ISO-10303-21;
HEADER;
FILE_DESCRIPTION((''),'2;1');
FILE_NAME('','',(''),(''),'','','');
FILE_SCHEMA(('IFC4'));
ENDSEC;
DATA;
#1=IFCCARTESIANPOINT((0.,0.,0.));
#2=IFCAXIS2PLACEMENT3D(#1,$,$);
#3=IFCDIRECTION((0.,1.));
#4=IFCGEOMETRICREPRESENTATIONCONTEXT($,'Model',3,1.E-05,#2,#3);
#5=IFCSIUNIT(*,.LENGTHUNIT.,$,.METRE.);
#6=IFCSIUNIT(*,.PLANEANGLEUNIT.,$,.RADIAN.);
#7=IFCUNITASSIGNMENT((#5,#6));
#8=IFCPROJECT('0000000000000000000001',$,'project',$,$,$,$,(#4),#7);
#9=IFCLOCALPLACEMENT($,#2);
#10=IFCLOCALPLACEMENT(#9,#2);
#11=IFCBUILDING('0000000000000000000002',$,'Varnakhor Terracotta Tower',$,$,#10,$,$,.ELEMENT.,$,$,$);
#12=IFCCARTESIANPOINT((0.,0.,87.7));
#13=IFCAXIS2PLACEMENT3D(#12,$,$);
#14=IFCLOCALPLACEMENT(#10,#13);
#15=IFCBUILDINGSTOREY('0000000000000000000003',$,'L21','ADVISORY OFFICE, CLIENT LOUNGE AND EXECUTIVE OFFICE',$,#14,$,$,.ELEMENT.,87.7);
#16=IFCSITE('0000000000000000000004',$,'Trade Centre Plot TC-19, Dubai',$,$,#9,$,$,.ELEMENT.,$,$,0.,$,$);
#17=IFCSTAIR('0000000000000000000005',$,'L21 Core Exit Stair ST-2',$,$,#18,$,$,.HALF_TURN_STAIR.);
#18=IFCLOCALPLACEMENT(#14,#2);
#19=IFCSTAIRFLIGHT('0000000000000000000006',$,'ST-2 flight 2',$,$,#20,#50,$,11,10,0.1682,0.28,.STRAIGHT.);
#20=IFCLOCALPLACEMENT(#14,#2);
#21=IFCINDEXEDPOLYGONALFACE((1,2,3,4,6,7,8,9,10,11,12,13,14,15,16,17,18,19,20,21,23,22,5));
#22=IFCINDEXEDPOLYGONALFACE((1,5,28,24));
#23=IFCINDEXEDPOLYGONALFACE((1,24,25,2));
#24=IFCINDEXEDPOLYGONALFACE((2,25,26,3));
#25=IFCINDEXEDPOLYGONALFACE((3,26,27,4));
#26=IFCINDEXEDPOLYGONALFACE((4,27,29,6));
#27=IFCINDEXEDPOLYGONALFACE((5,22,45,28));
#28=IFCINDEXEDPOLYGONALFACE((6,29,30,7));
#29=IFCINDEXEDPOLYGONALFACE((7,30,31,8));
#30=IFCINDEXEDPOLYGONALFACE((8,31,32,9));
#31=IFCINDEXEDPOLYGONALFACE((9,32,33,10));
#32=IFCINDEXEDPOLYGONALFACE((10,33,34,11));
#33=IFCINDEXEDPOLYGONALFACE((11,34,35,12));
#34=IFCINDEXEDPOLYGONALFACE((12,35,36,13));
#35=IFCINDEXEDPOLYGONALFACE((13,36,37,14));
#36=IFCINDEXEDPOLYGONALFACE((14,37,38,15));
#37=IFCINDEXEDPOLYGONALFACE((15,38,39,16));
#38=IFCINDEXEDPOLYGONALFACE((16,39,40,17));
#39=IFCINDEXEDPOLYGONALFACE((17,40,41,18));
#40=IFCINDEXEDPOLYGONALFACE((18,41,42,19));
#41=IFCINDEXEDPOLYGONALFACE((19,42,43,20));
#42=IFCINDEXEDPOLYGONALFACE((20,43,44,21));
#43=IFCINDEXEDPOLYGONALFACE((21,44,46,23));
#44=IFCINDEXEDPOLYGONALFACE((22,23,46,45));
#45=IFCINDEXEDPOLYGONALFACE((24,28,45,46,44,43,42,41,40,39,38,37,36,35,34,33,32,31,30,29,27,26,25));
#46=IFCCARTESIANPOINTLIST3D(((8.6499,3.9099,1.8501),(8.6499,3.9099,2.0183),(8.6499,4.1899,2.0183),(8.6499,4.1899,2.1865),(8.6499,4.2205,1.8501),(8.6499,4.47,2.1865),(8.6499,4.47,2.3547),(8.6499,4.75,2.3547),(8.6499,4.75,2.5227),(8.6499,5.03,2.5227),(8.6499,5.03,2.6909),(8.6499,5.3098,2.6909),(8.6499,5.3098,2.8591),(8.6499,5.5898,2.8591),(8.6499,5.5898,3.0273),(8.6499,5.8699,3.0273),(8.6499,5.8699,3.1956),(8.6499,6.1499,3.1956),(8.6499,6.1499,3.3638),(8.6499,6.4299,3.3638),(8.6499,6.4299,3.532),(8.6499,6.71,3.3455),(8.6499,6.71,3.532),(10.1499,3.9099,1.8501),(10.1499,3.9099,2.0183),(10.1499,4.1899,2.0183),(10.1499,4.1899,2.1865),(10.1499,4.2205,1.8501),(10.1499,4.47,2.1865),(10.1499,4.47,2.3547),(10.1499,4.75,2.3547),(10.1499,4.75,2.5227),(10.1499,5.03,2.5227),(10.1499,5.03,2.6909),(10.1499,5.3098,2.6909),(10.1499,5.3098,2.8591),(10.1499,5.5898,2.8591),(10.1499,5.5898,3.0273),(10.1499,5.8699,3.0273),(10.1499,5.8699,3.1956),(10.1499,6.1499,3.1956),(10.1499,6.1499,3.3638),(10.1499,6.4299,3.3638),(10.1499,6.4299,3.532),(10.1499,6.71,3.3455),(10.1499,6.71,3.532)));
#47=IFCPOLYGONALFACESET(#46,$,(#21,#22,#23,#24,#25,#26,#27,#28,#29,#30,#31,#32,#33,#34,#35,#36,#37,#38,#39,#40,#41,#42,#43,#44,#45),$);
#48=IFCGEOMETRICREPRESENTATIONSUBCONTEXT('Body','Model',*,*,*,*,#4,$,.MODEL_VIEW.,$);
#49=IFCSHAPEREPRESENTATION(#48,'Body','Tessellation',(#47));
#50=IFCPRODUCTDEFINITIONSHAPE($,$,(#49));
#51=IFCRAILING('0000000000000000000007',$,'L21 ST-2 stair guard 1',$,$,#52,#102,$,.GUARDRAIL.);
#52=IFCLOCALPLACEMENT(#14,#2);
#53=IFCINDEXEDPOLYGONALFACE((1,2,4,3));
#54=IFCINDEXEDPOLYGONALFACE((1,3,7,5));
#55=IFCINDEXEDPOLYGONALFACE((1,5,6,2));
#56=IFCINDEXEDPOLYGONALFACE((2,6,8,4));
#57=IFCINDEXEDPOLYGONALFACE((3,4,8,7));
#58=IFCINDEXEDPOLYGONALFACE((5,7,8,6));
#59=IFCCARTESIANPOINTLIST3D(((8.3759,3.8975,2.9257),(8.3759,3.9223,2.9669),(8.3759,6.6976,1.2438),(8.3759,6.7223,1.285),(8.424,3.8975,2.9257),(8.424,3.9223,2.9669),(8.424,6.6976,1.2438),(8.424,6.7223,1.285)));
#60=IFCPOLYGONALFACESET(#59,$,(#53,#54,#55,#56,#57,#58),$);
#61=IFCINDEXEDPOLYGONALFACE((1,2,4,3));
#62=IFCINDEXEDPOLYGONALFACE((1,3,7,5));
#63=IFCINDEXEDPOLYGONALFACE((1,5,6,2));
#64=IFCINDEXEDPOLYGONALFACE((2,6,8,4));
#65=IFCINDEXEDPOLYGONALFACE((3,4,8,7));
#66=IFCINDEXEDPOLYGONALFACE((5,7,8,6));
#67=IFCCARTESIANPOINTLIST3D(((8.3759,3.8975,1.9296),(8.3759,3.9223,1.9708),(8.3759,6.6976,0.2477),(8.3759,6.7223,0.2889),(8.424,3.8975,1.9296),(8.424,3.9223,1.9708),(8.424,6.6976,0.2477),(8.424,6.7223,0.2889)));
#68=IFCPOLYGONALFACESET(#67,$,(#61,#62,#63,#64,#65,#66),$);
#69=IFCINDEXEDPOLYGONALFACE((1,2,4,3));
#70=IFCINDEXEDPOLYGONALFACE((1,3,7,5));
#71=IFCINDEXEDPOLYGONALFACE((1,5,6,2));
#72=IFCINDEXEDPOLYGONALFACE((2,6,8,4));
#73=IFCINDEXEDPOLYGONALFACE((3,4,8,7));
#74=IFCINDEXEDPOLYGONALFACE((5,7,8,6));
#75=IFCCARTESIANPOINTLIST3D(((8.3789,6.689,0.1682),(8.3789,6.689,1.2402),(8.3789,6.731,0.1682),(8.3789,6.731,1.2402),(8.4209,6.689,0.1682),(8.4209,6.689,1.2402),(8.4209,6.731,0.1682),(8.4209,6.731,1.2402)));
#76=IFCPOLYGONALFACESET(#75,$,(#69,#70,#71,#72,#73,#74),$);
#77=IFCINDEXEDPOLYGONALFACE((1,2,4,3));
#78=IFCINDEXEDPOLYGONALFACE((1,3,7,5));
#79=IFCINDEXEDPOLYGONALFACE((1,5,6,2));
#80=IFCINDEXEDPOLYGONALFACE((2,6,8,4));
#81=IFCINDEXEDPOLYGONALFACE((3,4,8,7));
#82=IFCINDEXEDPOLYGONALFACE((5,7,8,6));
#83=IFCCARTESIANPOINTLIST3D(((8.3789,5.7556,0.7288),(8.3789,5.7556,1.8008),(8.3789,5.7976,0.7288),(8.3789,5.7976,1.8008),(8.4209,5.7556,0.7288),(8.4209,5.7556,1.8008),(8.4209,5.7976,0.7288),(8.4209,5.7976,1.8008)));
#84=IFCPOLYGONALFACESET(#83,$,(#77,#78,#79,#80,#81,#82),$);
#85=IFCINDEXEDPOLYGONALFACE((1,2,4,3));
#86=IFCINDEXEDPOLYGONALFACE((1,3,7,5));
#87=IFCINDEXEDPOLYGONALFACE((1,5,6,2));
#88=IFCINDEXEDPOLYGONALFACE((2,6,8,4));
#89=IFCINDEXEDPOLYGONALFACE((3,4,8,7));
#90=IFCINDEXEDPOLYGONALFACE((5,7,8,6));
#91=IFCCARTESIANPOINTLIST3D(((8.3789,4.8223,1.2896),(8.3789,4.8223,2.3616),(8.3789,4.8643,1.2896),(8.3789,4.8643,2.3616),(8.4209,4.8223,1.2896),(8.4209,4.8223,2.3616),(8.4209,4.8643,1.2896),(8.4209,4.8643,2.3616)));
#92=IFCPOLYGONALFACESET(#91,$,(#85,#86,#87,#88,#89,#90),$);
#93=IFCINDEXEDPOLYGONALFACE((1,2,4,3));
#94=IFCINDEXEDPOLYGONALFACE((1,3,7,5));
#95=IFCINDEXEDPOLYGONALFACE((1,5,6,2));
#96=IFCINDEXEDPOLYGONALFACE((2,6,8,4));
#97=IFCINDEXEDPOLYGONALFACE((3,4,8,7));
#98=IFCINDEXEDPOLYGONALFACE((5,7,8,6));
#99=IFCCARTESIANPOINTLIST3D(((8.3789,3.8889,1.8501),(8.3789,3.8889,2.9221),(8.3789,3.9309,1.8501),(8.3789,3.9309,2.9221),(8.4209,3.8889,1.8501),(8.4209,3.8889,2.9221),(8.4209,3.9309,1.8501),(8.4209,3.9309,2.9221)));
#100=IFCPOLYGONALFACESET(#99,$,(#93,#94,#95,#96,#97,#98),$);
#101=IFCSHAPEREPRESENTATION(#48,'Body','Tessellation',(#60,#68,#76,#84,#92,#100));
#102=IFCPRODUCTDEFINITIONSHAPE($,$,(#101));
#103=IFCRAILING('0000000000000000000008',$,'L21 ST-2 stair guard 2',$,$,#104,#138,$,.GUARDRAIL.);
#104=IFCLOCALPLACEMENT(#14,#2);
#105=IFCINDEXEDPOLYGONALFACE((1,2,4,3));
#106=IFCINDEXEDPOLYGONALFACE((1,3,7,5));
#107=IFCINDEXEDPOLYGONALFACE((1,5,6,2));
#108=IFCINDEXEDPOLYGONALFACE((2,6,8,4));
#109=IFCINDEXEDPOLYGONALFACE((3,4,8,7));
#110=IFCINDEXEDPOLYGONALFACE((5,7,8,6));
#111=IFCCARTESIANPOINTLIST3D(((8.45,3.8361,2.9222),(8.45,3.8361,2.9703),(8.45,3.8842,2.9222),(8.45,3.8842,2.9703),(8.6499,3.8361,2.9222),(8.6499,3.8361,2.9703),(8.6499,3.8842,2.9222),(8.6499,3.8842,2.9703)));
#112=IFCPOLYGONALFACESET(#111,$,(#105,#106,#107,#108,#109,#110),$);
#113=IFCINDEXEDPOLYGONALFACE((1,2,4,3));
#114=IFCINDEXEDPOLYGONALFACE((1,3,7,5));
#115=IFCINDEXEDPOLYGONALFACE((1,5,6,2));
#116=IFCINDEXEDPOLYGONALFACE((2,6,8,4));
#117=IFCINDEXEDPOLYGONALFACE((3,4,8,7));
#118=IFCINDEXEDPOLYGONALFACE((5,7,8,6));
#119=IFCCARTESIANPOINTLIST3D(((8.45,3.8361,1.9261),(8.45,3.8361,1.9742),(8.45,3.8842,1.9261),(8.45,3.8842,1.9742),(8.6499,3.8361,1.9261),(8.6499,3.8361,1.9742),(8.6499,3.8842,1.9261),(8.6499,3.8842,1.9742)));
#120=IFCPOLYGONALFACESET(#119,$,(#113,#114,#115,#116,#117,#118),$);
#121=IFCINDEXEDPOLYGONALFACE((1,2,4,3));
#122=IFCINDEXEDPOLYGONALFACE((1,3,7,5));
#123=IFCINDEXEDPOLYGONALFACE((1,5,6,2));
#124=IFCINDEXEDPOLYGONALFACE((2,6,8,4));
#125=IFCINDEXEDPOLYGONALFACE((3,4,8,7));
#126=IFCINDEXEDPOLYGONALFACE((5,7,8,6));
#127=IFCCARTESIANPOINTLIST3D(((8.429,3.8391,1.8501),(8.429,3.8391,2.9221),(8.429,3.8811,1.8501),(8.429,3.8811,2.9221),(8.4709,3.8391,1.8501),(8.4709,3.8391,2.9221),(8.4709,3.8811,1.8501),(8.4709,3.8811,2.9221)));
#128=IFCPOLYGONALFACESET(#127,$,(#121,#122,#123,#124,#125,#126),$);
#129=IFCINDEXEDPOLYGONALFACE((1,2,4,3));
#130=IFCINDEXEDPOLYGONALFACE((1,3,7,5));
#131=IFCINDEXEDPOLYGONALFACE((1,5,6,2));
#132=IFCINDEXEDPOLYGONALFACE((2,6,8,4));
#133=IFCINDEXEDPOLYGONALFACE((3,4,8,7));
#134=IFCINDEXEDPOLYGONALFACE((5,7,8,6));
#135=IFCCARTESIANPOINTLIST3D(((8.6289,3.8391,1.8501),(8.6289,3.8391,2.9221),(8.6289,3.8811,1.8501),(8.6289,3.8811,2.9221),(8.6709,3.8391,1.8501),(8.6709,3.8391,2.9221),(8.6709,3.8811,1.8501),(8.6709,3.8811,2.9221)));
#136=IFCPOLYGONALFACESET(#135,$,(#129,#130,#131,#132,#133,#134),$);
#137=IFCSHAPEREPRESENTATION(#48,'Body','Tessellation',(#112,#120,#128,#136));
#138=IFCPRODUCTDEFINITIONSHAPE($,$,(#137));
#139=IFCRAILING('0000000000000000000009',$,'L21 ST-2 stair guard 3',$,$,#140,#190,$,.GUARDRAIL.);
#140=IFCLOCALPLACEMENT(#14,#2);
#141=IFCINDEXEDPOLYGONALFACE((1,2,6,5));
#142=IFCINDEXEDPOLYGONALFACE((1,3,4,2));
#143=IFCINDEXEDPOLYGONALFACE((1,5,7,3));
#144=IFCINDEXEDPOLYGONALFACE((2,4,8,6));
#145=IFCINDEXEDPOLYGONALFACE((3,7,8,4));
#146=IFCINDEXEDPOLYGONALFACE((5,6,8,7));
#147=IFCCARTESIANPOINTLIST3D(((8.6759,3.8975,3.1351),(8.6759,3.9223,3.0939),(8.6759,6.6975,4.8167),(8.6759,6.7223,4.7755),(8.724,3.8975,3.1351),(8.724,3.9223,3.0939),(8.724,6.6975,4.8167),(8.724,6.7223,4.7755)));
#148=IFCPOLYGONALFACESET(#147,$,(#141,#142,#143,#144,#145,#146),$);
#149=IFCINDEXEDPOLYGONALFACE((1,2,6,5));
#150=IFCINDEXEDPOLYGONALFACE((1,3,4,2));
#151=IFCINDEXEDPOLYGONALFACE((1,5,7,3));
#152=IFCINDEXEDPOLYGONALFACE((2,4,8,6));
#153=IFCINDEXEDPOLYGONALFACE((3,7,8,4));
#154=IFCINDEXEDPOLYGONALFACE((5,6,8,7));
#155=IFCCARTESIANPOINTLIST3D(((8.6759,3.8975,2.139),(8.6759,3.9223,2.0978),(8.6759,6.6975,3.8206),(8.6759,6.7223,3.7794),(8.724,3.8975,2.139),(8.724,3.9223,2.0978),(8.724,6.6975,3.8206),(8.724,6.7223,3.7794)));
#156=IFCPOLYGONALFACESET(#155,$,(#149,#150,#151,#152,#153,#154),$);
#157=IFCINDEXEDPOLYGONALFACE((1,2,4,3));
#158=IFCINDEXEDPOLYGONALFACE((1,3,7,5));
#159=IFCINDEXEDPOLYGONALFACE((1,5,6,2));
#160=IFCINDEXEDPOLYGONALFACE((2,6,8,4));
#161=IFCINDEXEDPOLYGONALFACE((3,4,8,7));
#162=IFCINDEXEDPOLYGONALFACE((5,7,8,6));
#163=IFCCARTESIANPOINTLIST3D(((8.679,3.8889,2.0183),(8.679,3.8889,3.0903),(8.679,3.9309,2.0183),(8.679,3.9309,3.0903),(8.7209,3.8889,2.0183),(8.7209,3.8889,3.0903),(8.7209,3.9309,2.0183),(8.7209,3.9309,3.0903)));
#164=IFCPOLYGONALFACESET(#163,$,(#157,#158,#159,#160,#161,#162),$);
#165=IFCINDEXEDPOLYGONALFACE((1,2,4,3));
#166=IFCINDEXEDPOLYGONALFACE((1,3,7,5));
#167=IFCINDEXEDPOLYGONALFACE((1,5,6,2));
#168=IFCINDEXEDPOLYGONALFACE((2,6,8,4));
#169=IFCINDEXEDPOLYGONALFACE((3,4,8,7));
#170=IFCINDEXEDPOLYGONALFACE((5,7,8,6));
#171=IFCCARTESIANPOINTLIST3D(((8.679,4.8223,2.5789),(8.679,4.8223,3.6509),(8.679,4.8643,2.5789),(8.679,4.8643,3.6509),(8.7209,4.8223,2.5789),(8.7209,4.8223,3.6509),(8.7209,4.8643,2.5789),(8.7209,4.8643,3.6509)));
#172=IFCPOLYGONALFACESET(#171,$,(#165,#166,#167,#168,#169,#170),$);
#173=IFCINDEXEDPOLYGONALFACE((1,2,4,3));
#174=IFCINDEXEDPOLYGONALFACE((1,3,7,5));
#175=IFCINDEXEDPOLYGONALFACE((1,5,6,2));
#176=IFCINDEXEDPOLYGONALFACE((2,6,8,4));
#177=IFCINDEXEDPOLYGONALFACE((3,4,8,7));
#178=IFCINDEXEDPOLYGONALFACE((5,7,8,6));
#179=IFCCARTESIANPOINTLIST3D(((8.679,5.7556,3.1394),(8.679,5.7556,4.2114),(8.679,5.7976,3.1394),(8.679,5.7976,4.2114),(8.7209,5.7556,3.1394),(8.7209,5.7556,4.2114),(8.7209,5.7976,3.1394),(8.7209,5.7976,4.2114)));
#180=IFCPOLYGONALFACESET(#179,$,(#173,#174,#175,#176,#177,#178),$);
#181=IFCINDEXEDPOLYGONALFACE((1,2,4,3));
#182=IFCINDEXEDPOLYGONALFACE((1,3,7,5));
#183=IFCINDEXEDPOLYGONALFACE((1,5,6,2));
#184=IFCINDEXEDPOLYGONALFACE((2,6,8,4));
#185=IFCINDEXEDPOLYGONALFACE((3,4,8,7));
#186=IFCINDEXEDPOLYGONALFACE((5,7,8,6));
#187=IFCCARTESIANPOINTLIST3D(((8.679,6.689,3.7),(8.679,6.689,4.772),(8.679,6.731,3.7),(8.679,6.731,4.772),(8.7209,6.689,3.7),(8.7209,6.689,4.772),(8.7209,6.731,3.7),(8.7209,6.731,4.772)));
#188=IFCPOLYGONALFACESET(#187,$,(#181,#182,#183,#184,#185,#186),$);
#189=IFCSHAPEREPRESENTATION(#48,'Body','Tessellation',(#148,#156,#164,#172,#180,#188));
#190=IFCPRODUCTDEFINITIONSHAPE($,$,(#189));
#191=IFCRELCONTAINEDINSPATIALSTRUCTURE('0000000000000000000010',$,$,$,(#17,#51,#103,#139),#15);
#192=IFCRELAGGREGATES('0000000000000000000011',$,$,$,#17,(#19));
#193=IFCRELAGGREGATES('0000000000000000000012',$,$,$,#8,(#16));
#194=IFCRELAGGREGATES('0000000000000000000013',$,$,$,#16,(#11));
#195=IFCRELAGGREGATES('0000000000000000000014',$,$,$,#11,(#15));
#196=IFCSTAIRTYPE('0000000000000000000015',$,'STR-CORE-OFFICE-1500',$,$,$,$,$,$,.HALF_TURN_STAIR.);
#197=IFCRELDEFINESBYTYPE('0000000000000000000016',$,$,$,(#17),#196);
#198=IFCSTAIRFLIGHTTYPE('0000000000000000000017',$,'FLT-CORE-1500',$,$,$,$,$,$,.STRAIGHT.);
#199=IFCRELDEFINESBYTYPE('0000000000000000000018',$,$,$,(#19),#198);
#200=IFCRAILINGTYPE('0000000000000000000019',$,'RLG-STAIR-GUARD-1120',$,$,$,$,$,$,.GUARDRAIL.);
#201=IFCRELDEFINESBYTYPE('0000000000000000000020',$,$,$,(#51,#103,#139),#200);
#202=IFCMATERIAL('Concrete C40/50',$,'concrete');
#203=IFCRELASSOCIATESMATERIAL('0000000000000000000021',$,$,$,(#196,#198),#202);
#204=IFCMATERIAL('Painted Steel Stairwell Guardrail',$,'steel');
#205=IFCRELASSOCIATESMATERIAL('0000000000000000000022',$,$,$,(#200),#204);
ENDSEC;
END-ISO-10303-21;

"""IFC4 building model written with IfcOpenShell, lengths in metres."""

from ifc_helpers import new_model, si_unit, direction, frame, origin, origin_2d, place, context, subcontext, project, spatial, polyline, rectangle, outline, extrude, material, type_object, element, aggregate, save


model = new_model("IFC4")

# Units and contexts
model_context = context("Model", 3, precision=1e-05, world=origin(), true_north=direction((0.0, 1.0)))
body_context = subcontext(model_context, "Body", "Model", "MODEL_VIEW")
ifc_project = project(units=[si_unit("LENGTHUNIT", "METRE"), si_unit("PLANEANGLEUNIT", "RADIAN")], contexts=[model_context])

# Site, building, storey
site_placement = place(None, origin())
site = spatial("IfcSite", under=ifc_project, at=site_placement, Name="Trade Centre Plot TC-19, Dubai", CompositionType="ELEMENT", RefElevation=0.0)
building_placement = place(site_placement, origin())
building = spatial("IfcBuilding", under=site, at=building_placement, Name="Varnakhor Terracotta Tower", CompositionType="ELEMENT")
storey_placement = place(building_placement, frame((0.0, 0.0, 87.7)))
storey = spatial("IfcBuildingStorey", under=building, at=storey_placement, Name="L21", Description="ADVISORY OFFICE, CLIENT LOUNGE AND EXECUTIVE OFFICE", CompositionType="ELEMENT", Elevation=87.7)

# Shared definitions
ifc_material_1 = material(Name="Concrete C40/50", Category="concrete")

# Stair, stair flight
stair_type = type_object("IfcStairType", Name="STR-CORE-OFFICE-1500", PredefinedType="HALF_TURN_STAIR", material=ifc_material_1)
stair_placement = place(storey_placement, origin())
stair = element("IfcStair", 1, at=stair_placement, inside=storey, type_object=stair_type, Name="L21 Core Exit Stair ST-2", PredefinedType="HALF_TURN_STAIR")
stair_flight_type = type_object("IfcStairFlightType", Name="FLT-CORE-1500", PredefinedType="STRAIGHT", material=ifc_material_1)
stair_flight_1_placement = place(storey_placement, frame((9.3999, 3.9099, 1.8501), z_axis=(0.0, 0.0, 1.0), x_axis=(0.0, 1.0, 0.0)))
stair_flight_1 = element("IfcStairFlight", 2, at=stair_flight_1_placement, type_object=stair_flight_type, Name="ST-2 flight 2", NumberOfRisers=11, NumberOfTreads=10, PredefinedType="STRAIGHT", RiserHeight=0.1682, TreadLength=0.28, context=body_context, shape_type="SweptSolid", body=[
    extrude(outline(polyline([(0.0, 0.0), (0.0, 0.1682), (0.28, 0.1682), (0.28, 0.3364), (0.5601, 0.3364), (0.5601, 0.5046), (0.8401, 0.5046), (0.8401, 0.6726), (1.1201, 0.6726), (1.1201, 0.8408), (1.3999, 0.8408), (1.3999, 1.009), (1.6799, 1.009), (1.6799, 1.1772), (1.96, 1.1772), (1.96, 1.3455), (2.24, 1.3455), (2.24, 1.5137), (2.52, 1.5137), (2.52, 1.6819), (2.8, 1.6819), (2.8, 1.8501), (2.8, 1.4954), (0.3105, 0.0), (0.0, 0.0)])), frame((0.0, 0.75, 0.0), z_axis=(0.0, -1.0, 0.0), x_axis=(1.0, 0.0, 0.0)), (0.0, 0.0, 1.0), 1.5),
])
aggregate(stair, [stair_flight_1])

# Railings
ifc_material_2 = material(Name="Painted Steel Stairwell Guardrail", Category="steel")
railing_type_1 = type_object("IfcRailingType", Name="RLG-STAIR-GUARD-1120", PredefinedType="GUARDRAIL", material=ifc_material_2)
railing_1_placement = place(storey_placement, frame((8.3999, 6.71, 0.1682)))
element("IfcRailing", 3, at=railing_1_placement, inside=storey, type_object=railing_type_1, Name="L21 ST-2 stair guard 1", PredefinedType="GUARDRAIL", context=body_context, shape_type="SweptSolid", body=[
    extrude(rectangle(XDim=0.0481, YDim=0.0481, at=origin_2d()), frame((0.0, 0.0, 1.0962), z_axis=(0.0, -0.857242, 0.514913), x_axis=(1.0, 0.0, 0.0)), (0.0, 0.0, 1.0), 3.2664),
    extrude(rectangle(XDim=0.0481, YDim=0.0481, at=origin_2d()), frame((0.0, 0.0, 0.1001), z_axis=(0.0, -0.857242, 0.514913), x_axis=(1.0, 0.0, 0.0)), (0.0, 0.0, 1.0), 3.2664),
    extrude(rectangle(XDim=0.042, YDim=0.042, at=origin_2d()), origin(), (0.0, 0.0, 1.0), 1.072),
    extrude(rectangle(XDim=0.042, YDim=0.042, at=origin_2d()), frame((0.0, -0.9333, 0.5605)), (0.0, 0.0, 1.0), 1.072),
    extrude(rectangle(XDim=0.042, YDim=0.042, at=origin_2d()), frame((0.0, -1.8667, 1.1213)), (0.0, 0.0, 1.0), 1.072),
    extrude(rectangle(XDim=0.042, YDim=0.042, at=origin_2d()), frame((0.0, -2.8, 1.6819)), (0.0, 0.0, 1.0), 1.072),
])
railing_2_placement = place(storey_placement, frame((8.45, 3.8601, 1.8501)))
element("IfcRailing", 4, at=railing_2_placement, inside=storey, type_object=railing_type_1, Name="L21 ST-2 stair guard 2", PredefinedType="GUARDRAIL", context=body_context, shape_type="SweptSolid", body=[
    extrude(rectangle(XDim=0.0481, YDim=0.0481, at=origin_2d()), frame((0.0, 0.0, 1.0962), z_axis=(1.0, 0.0, 0.0), x_axis=(0.0, 1.0, 0.0)), (0.0, 0.0, 1.0), 0.2),
    extrude(rectangle(XDim=0.0481, YDim=0.0481, at=origin_2d()), frame((0.0, 0.0, 0.1001), z_axis=(1.0, 0.0, 0.0), x_axis=(0.0, 1.0, 0.0)), (0.0, 0.0, 1.0), 0.2),
    extrude(rectangle(XDim=0.042, YDim=0.042, at=origin_2d()), origin(), (0.0, 0.0, 1.0), 1.072),
    extrude(rectangle(XDim=0.042, YDim=0.042, at=origin_2d()), frame((0.2, 0.0, 0.0)), (0.0, 0.0, 1.0), 1.072),
])
railing_3_placement = place(storey_placement, frame((8.7, 3.9099, 2.0183)))
element("IfcRailing", 5, at=railing_3_placement, inside=storey, type_object=railing_type_1, Name="L21 ST-2 stair guard 3", PredefinedType="GUARDRAIL", context=body_context, shape_type="SweptSolid", body=[
    extrude(rectangle(XDim=0.0481, YDim=0.0481, at=origin_2d()), frame((0.0, 0.0, 1.0962), z_axis=(0.0, 0.857275, 0.514858), x_axis=(-1.0, 0.0, 0.0)), (0.0, 0.0, 1.0), 3.2661),
    extrude(rectangle(XDim=0.0481, YDim=0.0481, at=origin_2d()), frame((0.0, 0.0, 0.1001), z_axis=(0.0, 0.857275, 0.514858), x_axis=(-1.0, 0.0, 0.0)), (0.0, 0.0, 1.0), 3.2661),
    extrude(rectangle(XDim=0.042, YDim=0.042, at=origin_2d()), origin(), (0.0, 0.0, 1.0), 1.072),
    extrude(rectangle(XDim=0.042, YDim=0.042, at=origin_2d()), frame((0.0, 0.9333, 0.5605)), (0.0, 0.0, 1.0), 1.072),
    extrude(rectangle(XDim=0.042, YDim=0.042, at=origin_2d()), frame((0.0, 1.8667, 1.1211)), (0.0, 0.0, 1.0), 1.072),
    extrude(rectangle(XDim=0.042, YDim=0.042, at=origin_2d()), frame((0.0, 2.8, 1.6816)), (0.0, 0.0, 1.0), 1.072),
])

save(model, "model.ifc")
